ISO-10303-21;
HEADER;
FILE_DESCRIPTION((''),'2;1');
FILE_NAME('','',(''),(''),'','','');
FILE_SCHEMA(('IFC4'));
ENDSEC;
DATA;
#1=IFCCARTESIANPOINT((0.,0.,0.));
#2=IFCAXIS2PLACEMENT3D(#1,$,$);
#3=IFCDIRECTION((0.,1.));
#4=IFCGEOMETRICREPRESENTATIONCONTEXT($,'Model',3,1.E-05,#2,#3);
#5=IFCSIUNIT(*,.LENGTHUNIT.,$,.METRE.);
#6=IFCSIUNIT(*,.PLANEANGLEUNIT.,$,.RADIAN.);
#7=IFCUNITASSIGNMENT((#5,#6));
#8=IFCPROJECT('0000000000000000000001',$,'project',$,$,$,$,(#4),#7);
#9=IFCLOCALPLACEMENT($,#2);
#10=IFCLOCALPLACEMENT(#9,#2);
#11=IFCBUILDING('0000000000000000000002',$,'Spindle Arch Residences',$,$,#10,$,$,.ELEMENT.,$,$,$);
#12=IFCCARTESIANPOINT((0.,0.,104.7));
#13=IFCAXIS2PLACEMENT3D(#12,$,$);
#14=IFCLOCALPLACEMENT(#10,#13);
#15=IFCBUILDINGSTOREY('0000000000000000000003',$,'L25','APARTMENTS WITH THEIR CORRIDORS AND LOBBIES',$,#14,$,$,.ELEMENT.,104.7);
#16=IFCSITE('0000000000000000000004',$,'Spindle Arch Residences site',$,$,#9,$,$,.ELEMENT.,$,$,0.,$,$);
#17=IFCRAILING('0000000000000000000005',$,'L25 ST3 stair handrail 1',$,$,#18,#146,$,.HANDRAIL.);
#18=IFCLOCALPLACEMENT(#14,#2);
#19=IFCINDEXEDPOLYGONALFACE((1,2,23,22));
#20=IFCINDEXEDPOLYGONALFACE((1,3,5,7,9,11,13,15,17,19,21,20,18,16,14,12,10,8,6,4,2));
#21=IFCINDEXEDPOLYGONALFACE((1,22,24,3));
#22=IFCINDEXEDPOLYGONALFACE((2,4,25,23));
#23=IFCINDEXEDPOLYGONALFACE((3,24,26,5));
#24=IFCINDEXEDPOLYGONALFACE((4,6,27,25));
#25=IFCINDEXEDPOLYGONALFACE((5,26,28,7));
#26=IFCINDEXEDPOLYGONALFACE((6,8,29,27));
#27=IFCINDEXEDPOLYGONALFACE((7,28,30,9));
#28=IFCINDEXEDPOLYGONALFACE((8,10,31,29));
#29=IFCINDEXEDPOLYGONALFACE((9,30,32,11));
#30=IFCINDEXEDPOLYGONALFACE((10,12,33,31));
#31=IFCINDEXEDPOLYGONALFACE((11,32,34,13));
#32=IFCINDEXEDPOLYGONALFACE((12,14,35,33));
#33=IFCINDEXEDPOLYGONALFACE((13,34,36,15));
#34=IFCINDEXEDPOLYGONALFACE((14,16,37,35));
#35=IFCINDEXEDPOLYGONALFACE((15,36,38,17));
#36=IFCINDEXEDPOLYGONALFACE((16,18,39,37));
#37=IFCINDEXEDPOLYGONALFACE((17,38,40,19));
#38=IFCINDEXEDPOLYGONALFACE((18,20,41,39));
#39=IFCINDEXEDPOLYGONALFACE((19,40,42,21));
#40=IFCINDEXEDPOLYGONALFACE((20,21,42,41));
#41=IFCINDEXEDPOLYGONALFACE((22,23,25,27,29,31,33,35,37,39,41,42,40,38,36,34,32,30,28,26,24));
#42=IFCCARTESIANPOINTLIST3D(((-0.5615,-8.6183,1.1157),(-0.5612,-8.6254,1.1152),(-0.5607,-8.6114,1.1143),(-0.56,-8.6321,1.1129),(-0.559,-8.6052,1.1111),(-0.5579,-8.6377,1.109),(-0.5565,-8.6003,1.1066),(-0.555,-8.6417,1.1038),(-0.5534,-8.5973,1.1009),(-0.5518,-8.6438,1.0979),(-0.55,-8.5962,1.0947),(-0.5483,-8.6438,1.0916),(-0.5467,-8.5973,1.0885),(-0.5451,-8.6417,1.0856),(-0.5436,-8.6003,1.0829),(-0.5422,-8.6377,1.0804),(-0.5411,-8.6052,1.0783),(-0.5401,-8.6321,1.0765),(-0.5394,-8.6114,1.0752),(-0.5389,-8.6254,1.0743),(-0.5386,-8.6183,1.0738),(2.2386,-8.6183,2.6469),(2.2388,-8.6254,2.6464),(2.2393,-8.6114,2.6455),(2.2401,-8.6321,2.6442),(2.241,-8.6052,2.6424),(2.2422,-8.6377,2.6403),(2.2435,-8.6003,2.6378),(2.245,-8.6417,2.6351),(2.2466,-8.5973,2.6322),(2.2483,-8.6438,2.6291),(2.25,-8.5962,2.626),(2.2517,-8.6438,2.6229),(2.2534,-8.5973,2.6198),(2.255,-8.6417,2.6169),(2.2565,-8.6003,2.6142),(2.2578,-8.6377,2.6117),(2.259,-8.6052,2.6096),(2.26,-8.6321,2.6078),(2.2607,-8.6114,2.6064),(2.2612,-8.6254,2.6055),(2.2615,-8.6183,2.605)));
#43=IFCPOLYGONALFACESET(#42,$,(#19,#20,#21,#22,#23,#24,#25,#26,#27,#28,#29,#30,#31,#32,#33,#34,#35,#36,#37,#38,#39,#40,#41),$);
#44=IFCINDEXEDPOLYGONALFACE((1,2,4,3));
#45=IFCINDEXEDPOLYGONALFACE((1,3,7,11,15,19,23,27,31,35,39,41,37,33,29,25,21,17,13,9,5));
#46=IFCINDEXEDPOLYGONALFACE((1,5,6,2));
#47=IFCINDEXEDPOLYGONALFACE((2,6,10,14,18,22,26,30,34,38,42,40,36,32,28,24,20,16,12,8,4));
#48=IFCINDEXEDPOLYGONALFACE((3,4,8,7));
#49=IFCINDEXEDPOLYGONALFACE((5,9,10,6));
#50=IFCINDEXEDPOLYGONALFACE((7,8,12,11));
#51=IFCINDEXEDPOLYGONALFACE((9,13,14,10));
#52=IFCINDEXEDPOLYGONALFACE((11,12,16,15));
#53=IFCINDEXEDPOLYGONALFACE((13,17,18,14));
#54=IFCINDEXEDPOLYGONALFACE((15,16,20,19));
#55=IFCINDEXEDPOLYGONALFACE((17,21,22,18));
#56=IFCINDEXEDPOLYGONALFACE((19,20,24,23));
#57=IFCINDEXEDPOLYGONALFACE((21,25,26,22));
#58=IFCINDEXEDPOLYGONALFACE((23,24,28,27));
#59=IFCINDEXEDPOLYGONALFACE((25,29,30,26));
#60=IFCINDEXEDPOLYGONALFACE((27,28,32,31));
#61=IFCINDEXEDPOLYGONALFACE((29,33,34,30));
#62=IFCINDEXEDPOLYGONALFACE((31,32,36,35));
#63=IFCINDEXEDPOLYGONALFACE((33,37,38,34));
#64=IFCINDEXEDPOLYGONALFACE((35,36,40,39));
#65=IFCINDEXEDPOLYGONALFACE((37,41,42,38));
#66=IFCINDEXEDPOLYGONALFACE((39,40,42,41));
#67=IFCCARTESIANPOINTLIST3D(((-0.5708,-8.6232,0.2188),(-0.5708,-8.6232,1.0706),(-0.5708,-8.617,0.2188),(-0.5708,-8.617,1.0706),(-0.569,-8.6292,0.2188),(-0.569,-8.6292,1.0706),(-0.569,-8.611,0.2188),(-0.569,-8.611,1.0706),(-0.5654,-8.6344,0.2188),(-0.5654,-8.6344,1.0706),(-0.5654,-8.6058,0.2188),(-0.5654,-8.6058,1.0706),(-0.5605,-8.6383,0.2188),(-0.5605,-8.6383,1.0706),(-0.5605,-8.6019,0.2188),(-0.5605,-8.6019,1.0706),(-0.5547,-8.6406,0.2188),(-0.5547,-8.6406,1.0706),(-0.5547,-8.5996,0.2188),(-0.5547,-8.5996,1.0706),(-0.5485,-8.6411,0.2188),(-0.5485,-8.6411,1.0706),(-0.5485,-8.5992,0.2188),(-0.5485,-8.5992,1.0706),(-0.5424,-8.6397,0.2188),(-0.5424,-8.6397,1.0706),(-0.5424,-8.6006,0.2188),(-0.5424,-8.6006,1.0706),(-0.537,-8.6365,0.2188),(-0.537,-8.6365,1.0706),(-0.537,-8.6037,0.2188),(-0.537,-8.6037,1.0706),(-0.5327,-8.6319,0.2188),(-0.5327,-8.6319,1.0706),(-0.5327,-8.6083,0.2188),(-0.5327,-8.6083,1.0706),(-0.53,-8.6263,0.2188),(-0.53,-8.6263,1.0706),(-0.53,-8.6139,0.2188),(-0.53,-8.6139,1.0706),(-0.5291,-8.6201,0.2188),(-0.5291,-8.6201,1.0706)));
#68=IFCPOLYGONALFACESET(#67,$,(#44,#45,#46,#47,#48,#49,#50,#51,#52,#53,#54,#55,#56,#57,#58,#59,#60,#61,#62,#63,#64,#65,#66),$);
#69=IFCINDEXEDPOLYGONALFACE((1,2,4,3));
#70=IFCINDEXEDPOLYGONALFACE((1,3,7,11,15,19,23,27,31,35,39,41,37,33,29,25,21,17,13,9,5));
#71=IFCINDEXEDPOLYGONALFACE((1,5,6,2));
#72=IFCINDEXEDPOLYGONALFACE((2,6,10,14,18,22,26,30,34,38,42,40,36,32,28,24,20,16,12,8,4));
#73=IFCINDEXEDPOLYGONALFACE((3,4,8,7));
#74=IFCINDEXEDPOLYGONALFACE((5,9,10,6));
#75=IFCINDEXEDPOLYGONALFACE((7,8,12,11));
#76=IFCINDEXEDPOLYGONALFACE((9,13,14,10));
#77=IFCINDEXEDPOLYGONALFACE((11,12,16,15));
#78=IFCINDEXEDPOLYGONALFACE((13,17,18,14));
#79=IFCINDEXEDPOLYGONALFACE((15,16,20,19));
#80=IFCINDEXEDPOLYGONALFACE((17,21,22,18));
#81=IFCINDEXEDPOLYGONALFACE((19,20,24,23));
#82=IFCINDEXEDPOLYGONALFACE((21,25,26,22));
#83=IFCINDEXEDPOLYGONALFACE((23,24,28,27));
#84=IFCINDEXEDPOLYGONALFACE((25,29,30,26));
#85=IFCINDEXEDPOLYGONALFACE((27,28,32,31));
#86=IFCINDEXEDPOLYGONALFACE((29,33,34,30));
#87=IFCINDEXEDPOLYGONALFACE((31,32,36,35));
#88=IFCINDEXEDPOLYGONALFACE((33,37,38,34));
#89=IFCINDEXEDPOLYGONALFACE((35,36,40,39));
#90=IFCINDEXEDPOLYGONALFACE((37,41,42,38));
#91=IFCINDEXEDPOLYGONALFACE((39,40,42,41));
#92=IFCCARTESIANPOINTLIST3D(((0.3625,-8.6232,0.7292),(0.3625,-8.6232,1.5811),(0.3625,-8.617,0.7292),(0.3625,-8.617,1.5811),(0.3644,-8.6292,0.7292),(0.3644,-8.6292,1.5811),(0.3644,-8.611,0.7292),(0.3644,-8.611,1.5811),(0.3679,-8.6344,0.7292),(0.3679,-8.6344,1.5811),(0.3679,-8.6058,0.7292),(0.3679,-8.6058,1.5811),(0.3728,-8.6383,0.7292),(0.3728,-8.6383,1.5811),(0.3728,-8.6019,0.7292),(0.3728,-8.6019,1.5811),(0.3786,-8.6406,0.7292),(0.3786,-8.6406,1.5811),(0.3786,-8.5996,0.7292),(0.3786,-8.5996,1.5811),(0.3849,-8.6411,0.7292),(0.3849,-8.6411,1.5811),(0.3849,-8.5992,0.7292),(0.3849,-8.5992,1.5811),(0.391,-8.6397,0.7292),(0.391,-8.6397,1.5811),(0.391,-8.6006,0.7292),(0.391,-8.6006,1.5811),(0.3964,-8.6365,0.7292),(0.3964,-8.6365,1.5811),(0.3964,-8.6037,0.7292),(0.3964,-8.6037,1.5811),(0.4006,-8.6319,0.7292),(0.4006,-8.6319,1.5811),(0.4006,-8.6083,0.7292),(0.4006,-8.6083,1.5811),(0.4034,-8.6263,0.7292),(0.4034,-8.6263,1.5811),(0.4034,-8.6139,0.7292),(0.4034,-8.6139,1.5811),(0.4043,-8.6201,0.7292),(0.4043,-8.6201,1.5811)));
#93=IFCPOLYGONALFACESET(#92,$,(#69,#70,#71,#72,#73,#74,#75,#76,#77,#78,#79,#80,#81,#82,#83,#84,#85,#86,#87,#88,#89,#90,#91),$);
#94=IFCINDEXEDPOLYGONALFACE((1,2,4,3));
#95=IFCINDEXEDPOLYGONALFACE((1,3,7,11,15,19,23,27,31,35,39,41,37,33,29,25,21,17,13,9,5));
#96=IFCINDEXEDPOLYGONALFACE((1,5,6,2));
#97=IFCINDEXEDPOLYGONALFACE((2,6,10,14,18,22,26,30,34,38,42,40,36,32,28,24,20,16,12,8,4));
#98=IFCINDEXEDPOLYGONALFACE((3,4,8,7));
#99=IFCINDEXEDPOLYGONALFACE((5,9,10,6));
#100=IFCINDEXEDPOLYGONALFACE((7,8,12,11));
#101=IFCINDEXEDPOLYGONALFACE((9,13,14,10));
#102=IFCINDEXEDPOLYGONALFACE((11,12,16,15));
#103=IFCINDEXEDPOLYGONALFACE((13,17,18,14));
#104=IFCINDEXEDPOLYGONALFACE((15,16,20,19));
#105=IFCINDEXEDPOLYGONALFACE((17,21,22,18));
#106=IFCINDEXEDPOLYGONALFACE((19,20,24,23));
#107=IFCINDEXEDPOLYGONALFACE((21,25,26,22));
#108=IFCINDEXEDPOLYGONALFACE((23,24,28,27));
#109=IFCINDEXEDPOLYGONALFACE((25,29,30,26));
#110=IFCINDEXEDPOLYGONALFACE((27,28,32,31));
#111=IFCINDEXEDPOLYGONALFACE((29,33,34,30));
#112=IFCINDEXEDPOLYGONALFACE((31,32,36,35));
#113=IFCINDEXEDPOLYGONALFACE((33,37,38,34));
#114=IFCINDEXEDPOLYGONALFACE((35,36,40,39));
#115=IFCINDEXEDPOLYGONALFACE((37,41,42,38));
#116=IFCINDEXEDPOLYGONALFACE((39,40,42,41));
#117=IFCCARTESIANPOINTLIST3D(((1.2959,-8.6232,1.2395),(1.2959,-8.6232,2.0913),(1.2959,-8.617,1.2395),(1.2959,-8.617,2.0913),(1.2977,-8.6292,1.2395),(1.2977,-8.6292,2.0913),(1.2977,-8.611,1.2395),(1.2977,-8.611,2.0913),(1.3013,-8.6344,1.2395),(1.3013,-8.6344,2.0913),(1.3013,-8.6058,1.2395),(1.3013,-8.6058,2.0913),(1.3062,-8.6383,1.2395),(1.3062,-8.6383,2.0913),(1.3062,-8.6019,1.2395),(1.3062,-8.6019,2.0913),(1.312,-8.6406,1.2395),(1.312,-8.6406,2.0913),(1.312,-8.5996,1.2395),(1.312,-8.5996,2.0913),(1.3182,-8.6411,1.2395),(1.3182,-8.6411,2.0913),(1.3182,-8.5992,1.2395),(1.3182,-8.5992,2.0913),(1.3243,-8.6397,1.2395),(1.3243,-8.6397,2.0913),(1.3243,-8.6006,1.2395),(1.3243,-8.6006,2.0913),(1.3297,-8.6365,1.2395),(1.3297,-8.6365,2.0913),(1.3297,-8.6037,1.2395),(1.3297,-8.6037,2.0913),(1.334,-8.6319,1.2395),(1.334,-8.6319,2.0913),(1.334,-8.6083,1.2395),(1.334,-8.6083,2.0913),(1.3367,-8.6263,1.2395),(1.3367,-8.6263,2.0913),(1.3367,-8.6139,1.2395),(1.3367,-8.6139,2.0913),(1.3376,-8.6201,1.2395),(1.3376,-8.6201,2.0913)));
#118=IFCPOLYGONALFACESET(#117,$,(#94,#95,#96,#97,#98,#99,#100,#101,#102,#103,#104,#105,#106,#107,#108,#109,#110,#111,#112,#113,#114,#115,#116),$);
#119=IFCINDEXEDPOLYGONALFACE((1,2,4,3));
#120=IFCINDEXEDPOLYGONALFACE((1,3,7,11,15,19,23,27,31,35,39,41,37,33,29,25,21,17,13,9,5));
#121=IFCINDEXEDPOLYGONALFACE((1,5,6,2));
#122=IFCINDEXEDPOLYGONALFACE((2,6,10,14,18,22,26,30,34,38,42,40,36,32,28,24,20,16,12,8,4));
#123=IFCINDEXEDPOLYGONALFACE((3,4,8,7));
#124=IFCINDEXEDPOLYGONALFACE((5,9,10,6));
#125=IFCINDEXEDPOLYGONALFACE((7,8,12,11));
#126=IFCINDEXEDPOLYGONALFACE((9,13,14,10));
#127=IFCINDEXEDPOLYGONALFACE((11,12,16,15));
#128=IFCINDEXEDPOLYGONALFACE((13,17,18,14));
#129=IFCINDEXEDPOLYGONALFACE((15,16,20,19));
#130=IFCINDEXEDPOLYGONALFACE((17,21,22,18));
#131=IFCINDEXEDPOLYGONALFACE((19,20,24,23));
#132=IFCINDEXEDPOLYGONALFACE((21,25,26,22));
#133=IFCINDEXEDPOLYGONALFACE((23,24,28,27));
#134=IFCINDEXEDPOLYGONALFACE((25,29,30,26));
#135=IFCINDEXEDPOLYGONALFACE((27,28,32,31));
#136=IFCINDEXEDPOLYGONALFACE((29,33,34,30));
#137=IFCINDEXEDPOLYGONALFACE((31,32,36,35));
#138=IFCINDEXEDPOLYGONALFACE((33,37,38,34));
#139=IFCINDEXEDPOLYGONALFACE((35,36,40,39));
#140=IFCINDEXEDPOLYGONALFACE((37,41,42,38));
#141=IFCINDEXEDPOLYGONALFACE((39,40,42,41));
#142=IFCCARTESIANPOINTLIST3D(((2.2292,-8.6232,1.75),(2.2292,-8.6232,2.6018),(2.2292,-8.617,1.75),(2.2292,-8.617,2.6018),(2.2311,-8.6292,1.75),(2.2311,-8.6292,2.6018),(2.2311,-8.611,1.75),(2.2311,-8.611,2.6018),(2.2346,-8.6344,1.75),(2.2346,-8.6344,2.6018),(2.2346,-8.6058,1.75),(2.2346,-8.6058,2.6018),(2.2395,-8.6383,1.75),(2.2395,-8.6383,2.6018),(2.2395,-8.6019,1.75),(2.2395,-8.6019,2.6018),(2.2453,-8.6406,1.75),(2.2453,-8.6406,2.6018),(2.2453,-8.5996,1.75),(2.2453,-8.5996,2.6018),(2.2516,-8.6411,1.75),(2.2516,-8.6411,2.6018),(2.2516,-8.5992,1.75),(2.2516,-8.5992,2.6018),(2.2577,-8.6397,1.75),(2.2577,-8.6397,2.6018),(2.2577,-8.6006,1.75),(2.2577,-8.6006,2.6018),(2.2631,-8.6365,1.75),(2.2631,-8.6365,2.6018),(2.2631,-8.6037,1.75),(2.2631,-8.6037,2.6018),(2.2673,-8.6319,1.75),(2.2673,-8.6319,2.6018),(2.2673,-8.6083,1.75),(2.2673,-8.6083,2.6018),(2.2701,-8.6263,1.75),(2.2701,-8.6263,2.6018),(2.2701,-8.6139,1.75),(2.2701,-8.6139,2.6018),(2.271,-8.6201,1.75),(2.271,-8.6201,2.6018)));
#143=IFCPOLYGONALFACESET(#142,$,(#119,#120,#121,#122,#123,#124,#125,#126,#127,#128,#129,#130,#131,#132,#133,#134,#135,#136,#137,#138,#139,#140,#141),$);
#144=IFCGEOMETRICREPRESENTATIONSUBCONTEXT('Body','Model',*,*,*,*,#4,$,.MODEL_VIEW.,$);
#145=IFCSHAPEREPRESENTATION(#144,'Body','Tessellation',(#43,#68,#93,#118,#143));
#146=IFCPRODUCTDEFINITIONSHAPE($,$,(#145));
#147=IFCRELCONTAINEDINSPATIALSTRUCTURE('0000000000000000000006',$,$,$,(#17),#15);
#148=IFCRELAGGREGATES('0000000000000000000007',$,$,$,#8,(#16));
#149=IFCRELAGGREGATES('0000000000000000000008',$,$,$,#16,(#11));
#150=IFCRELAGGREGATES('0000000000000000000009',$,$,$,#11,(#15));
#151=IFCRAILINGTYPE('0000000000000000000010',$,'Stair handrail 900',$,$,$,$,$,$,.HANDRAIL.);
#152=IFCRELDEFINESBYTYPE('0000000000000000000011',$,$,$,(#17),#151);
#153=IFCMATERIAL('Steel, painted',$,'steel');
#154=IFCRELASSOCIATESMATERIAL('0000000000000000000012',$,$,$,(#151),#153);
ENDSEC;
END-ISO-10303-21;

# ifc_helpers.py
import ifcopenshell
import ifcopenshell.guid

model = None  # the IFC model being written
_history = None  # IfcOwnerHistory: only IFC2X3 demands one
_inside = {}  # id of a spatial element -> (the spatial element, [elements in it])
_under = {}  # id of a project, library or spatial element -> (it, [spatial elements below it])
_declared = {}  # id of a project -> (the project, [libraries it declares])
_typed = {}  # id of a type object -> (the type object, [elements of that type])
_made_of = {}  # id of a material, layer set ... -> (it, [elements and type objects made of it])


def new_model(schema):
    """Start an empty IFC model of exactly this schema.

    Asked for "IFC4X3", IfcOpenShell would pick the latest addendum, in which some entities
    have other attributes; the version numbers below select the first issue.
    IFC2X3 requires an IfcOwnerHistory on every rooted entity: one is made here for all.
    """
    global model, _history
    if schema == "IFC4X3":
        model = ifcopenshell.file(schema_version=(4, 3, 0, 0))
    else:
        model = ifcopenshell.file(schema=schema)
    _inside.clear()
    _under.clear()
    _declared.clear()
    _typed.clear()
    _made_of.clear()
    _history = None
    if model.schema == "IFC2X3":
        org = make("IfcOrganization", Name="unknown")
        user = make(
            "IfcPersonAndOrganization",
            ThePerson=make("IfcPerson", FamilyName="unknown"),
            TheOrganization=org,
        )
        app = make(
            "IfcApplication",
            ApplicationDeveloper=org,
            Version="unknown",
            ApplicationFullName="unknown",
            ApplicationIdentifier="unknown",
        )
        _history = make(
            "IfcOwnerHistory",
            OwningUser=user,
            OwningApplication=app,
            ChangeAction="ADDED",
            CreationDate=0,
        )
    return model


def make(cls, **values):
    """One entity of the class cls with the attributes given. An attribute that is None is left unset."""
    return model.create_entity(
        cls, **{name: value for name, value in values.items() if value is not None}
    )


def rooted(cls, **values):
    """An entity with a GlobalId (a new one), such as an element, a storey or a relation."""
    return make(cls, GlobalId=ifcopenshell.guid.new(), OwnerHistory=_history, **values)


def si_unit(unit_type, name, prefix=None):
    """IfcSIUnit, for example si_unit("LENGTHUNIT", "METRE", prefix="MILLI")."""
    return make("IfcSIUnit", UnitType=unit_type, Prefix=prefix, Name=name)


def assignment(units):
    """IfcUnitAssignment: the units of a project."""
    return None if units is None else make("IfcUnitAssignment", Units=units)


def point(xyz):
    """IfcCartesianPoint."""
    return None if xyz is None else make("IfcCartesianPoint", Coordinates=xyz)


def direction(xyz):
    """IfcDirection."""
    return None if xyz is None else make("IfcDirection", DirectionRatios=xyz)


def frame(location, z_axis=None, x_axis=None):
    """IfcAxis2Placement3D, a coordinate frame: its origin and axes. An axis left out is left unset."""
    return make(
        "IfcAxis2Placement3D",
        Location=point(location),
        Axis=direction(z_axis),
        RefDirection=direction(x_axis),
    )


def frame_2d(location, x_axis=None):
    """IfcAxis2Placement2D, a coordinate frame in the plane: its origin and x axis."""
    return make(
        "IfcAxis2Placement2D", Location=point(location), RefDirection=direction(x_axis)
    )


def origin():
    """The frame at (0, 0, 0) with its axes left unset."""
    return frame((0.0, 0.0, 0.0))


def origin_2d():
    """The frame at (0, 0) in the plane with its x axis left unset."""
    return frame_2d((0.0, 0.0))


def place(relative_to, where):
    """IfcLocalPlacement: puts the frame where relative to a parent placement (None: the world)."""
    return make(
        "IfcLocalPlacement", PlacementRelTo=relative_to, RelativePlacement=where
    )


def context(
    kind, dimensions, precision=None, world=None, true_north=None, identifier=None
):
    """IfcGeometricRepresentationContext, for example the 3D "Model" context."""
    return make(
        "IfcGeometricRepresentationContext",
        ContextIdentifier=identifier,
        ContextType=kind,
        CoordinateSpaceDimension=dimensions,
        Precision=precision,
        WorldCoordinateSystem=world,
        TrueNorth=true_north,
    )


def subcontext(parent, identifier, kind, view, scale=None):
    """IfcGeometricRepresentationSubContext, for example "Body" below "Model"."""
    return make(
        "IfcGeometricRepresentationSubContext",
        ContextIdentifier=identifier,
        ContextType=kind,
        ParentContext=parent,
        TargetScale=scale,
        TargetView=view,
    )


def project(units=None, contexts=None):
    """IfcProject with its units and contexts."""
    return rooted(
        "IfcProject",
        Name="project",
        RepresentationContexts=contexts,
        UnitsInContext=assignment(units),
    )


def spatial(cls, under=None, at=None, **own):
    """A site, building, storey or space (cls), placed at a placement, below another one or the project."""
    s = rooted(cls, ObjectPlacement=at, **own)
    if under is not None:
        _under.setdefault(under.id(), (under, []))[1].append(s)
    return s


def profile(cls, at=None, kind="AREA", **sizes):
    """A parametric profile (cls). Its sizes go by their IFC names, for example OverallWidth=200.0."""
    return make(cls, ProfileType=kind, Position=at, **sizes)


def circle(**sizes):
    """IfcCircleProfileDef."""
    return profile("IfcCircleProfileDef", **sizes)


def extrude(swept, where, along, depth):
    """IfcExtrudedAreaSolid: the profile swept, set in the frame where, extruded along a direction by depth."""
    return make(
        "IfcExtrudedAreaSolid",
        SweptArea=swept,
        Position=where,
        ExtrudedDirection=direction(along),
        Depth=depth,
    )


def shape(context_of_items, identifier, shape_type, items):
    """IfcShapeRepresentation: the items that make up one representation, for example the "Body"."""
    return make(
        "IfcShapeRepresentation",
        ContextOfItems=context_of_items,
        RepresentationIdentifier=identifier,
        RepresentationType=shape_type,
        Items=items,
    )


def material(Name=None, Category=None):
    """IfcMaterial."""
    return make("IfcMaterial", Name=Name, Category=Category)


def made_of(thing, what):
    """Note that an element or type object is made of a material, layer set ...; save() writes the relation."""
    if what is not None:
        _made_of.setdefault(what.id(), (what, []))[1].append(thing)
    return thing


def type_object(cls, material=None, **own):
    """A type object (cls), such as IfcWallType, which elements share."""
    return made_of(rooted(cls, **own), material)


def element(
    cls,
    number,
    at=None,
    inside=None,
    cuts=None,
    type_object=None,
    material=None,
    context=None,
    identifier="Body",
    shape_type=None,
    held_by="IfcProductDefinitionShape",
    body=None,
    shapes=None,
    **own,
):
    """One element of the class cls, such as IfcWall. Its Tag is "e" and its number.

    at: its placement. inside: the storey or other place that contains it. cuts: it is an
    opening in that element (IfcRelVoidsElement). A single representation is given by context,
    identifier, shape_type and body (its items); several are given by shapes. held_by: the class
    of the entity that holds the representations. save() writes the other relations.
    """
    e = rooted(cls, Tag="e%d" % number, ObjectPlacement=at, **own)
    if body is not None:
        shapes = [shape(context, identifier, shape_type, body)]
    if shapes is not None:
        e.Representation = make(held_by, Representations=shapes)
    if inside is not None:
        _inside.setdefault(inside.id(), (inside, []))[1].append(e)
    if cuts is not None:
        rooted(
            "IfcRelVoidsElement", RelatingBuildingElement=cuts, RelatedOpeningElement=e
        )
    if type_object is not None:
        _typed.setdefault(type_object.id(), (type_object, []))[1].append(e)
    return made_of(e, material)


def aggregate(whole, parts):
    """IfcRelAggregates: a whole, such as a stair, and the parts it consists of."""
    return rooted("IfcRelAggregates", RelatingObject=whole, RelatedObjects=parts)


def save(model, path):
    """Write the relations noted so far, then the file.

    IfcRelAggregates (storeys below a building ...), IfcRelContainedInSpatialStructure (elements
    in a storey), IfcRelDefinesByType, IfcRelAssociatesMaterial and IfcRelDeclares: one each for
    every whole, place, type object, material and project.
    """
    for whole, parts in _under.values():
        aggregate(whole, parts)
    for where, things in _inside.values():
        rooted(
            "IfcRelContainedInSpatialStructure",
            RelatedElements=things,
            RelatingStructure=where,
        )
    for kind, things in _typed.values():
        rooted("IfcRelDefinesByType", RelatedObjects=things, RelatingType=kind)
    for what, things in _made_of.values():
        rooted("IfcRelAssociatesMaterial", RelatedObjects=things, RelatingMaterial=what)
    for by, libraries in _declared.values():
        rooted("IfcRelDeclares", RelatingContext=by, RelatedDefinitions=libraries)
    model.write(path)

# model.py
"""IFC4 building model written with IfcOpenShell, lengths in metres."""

from ifc_helpers import new_model, si_unit, direction, frame, origin, origin_2d, place, context, subcontext, project, spatial, circle, extrude, material, type_object, element, save


model = new_model("IFC4")

# Units and contexts
model_context = context("Model", 3, precision=1e-05, world=origin(), true_north=direction((0.0, 1.0)))
body_context = subcontext(model_context, "Body", "Model", "MODEL_VIEW")
ifc_project = project(units=[si_unit("LENGTHUNIT", "METRE"), si_unit("PLANEANGLEUNIT", "RADIAN")], contexts=[model_context])

# Site, building, storey
site_placement = place(None, origin())
site = spatial("IfcSite", under=ifc_project, at=site_placement, Name="Spindle Arch Residences site", CompositionType="ELEMENT", RefElevation=0.0)
building_placement = place(site_placement, origin())
building = spatial("IfcBuilding", under=site, at=building_placement, Name="Spindle Arch Residences", CompositionType="ELEMENT")
storey_placement = place(building_placement, frame((0.0, 0.0, 104.7)))
storey = spatial("IfcBuildingStorey", under=building, at=storey_placement, Name="L25", Description="APARTMENTS WITH THEIR CORRIDORS AND LOBBIES", CompositionType="ELEMENT", Elevation=104.7)

# Railing
ifc_material_1 = material(Name="Steel, painted", Category="steel")
railing_type_1 = type_object("IfcRailingType", Name="Stair handrail 900", PredefinedType="HANDRAIL", material=ifc_material_1)
railing_1_placement = place(storey_placement, frame((-0.55, -8.6201, 0.2188)))
element("IfcRailing", 1, at=railing_1_placement, inside=storey, type_object=railing_type_1, Name="L25 ST3 stair handrail 1", PredefinedType="HANDRAIL", context=body_context, shape_type="SweptSolid", body=[
    extrude(circle(Radius=0.0239, at=origin_2d()), frame((0.0, 0.0, 0.876), z_axis=(0.877375, 0.0, 0.479806), x_axis=(0.0, 1.0, 0.0)), (0.0, 0.0, 1.0), 3.1914),
    extrude(circle(Radius=0.021, at=origin_2d()), origin(), (0.0, 0.0, 1.0), 0.8518),
    extrude(circle(Radius=0.021, at=origin_2d()), frame((0.9333, 0.0, 0.5105)), (0.0, 0.0, 1.0), 0.8518),
    extrude(circle(Radius=0.021, at=origin_2d()), frame((1.8667, 0.0, 1.0208)), (0.0, 0.0, 1.0), 0.8518),
    extrude(circle(Radius=0.021, at=origin_2d()), frame((2.8, 0.0, 1.5312)), (0.0, 0.0, 1.0), 0.8518),
])

save(model, "model.ifc")
